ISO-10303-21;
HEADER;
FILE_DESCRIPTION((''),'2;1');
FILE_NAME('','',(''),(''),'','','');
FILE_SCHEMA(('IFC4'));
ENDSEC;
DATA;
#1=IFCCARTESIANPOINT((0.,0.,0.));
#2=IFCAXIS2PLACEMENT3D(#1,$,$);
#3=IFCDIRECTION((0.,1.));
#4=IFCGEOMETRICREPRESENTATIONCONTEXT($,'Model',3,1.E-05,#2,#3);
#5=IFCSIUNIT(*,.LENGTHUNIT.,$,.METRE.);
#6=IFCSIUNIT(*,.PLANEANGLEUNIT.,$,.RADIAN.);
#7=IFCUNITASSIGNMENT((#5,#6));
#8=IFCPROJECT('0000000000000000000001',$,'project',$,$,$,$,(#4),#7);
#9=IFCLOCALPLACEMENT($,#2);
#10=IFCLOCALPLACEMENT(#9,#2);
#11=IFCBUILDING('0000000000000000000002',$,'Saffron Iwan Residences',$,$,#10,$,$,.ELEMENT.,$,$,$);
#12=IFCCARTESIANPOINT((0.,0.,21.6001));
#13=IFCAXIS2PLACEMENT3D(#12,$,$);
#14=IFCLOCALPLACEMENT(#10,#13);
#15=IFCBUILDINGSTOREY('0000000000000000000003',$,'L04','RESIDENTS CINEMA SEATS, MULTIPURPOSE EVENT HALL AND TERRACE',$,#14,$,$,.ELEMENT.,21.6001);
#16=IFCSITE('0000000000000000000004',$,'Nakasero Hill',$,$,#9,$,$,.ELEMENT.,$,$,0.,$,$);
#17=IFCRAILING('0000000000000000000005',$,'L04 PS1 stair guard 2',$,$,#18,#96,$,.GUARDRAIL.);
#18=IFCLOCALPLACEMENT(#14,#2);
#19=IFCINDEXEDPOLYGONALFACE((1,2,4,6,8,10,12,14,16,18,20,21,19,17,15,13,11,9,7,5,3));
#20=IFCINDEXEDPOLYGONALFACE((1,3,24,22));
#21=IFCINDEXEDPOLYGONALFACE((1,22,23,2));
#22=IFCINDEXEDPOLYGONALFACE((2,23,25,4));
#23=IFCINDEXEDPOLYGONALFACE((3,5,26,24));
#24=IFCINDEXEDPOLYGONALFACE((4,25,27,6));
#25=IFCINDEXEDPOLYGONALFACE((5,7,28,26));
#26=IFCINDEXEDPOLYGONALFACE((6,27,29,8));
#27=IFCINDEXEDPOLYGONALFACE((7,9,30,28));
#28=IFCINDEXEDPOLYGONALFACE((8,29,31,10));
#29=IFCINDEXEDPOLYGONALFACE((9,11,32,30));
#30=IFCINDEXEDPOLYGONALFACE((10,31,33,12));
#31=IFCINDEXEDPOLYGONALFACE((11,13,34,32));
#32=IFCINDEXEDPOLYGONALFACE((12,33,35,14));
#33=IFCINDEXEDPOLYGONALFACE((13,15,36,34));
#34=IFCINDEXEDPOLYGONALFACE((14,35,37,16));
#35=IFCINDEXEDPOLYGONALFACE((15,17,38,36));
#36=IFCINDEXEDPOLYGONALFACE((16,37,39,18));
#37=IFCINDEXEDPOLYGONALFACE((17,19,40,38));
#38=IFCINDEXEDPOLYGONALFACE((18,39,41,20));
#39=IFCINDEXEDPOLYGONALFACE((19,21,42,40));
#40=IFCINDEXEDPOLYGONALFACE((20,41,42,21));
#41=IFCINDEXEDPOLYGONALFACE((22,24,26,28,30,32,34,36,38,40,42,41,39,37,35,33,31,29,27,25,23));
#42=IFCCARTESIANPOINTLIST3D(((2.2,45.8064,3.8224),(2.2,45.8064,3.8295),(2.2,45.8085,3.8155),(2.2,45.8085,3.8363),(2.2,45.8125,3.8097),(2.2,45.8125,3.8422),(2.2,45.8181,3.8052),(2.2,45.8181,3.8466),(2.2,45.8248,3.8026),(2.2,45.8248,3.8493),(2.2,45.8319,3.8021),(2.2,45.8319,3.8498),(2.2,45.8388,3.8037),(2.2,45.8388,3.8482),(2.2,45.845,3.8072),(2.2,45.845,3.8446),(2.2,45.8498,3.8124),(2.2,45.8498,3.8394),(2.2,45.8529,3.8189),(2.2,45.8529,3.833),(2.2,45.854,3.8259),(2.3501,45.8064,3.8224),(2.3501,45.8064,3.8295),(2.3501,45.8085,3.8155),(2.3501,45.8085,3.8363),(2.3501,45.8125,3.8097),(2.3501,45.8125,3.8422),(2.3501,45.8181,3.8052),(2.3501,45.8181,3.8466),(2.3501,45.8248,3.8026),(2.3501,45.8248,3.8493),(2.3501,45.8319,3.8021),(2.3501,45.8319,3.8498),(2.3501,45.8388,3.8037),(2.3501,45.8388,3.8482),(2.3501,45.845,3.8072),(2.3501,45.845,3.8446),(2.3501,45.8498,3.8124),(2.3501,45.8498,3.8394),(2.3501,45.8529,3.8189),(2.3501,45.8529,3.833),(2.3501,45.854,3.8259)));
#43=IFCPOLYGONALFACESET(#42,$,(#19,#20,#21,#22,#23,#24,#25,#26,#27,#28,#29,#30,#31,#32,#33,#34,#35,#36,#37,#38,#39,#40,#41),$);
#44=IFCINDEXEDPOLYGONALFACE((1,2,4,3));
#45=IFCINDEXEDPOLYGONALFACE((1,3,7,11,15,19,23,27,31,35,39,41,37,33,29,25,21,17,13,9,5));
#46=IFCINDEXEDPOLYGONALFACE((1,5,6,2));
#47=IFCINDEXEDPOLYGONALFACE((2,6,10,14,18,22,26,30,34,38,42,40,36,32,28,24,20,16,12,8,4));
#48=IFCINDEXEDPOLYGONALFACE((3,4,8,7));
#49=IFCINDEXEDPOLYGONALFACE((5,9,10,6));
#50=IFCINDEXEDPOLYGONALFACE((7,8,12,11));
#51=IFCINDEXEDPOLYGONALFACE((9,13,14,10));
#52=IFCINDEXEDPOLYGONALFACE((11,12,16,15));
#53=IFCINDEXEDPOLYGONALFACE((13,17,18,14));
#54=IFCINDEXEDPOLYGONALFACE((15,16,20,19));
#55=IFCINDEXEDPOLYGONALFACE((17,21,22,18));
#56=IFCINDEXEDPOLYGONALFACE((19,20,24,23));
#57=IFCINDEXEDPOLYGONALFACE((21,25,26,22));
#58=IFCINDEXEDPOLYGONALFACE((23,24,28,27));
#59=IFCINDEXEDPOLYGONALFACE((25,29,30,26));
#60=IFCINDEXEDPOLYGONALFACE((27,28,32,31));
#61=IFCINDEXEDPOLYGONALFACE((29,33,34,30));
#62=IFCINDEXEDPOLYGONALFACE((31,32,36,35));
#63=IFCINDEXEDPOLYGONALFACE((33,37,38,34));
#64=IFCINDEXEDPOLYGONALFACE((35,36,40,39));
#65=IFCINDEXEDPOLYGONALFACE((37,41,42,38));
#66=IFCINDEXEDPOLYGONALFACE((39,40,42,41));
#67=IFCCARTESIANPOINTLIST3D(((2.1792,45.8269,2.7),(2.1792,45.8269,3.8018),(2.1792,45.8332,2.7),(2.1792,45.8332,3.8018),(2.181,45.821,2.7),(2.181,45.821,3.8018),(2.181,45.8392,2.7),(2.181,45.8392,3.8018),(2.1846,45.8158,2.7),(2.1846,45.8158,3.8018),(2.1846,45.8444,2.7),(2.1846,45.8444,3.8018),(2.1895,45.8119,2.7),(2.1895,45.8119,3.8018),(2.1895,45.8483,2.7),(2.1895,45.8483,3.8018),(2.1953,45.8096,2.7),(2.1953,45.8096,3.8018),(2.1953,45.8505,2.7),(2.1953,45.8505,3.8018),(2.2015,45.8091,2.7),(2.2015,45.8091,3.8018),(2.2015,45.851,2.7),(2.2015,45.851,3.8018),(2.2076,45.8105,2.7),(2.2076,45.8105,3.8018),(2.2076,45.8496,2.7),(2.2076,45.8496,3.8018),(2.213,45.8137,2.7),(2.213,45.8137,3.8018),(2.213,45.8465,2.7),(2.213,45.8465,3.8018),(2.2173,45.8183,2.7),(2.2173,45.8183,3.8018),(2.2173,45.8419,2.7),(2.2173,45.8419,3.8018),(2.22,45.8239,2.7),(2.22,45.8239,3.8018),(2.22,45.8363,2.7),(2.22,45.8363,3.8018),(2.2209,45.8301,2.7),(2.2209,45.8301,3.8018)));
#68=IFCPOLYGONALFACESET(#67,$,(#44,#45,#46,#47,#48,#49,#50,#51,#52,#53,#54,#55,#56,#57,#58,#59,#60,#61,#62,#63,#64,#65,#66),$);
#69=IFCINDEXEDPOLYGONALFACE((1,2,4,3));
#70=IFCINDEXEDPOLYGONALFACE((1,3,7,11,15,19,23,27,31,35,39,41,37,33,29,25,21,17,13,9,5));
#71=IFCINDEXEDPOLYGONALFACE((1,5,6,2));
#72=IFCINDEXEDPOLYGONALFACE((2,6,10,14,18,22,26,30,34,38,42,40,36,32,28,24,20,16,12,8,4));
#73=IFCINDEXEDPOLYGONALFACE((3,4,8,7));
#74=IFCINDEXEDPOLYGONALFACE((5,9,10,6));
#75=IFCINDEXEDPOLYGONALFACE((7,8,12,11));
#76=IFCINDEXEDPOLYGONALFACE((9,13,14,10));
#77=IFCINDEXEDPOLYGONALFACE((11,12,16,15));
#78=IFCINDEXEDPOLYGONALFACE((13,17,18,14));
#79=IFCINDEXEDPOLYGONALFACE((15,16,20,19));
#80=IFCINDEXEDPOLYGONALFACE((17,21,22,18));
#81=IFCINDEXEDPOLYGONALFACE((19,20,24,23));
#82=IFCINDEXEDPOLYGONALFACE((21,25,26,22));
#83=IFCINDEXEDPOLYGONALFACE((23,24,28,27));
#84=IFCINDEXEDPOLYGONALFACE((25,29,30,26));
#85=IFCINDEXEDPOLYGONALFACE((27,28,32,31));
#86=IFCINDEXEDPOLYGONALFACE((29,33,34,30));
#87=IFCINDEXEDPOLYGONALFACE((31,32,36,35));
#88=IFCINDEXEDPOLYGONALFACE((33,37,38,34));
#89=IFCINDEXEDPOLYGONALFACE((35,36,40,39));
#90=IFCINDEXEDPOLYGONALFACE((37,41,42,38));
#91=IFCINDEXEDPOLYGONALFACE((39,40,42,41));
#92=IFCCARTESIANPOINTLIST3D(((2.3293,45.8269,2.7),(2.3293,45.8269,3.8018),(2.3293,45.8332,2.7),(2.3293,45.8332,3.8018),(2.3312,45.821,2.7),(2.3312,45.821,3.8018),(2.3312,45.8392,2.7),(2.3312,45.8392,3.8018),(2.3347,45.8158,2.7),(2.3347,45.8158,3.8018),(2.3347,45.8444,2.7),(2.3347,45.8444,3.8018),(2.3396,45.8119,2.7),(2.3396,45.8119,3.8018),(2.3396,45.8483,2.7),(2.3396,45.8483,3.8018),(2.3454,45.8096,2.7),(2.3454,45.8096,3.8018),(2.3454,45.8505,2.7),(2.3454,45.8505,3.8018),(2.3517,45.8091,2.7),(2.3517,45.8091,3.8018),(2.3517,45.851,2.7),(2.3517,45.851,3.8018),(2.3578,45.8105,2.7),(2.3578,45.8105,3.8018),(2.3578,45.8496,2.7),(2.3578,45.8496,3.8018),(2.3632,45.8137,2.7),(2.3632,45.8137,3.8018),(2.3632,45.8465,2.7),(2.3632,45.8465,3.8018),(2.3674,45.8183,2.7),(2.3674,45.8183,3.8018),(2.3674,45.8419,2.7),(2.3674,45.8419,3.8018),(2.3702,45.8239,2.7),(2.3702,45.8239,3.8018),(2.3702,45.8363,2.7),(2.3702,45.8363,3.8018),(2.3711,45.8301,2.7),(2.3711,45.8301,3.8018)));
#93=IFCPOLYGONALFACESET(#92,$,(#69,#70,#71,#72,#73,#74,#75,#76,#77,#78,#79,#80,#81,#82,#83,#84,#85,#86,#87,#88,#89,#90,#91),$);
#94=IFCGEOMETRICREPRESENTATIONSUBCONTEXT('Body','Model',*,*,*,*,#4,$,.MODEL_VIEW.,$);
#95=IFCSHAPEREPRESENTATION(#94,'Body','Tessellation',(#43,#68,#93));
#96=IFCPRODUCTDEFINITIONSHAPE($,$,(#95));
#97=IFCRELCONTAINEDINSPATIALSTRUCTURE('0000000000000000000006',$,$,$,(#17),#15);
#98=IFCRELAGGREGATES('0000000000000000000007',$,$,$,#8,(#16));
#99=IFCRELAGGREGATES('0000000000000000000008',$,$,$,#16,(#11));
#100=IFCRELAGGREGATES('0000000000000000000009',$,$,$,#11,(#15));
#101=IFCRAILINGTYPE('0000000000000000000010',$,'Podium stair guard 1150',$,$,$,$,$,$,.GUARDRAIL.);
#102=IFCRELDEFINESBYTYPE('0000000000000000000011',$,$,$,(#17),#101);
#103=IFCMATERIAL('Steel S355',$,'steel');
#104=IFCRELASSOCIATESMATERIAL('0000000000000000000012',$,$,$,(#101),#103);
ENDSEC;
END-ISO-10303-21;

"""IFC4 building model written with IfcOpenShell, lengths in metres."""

from ifc_helpers import new_model, si_unit, direction, frame, origin, origin_2d, place, context, subcontext, project, spatial, circle, extrude, material, type_object, element, save


model = new_model("IFC4")

# Units and contexts
model_context = context("Model", 3, precision=1e-05, world=origin(), true_north=direction((0.0, 1.0)))
body_context = subcontext(model_context, "Body", "Model", "MODEL_VIEW")
ifc_project = project(units=[si_unit("LENGTHUNIT", "METRE"), si_unit("PLANEANGLEUNIT", "RADIAN")], contexts=[model_context])

# Site, building, storey
site_placement = place(None, origin())
site = spatial("IfcSite", under=ifc_project, at=site_placement, Name="Nakasero Hill", CompositionType="ELEMENT", RefElevation=0.0)
building_placement = place(site_placement, origin())
building = spatial("IfcBuilding", under=site, at=building_placement, Name="Saffron Iwan Residences", CompositionType="ELEMENT")
storey_placement = place(building_placement, frame((0.0, 0.0, 21.6001)))
storey = spatial("IfcBuildingStorey", under=building, at=storey_placement, Name="L04", Description="RESIDENTS CINEMA SEATS, MULTIPURPOSE EVENT HALL AND TERRACE", CompositionType="ELEMENT", Elevation=21.6001)

# Railing
ifc_material_1 = material(Name="Steel S355", Category="steel")
railing_type_1 = type_object("IfcRailingType", Name="Podium stair guard 1150", PredefinedType="GUARDRAIL", material=ifc_material_1)
railing_1_placement = place(storey_placement, frame((2.2, 45.8301, 2.7)))
element("IfcRailing", 1, at=railing_1_placement, inside=storey, type_object=railing_type_1, Name="L04 PS1 stair guard 2", PredefinedType="GUARDRAIL", context=body_context, shape_type="SweptSolid", body=[
    extrude(circle(Radius=0.0239, at=origin_2d()), frame((0.0, 0.0, 1.126), z_axis=(1.0, 0.0, 0.0), x_axis=(0.0, 1.0, 0.0)), (0.0, 0.0, 1.0), 0.1501),
    extrude(circle(Radius=0.021, at=origin_2d()), origin(), (0.0, 0.0, 1.0), 1.1018),
    extrude(circle(Radius=0.021, at=origin_2d()), frame((0.1501, 0.0, 0.0)), (0.0, 0.0, 1.0), 1.1018),
])

save(model, "model.ifc")
